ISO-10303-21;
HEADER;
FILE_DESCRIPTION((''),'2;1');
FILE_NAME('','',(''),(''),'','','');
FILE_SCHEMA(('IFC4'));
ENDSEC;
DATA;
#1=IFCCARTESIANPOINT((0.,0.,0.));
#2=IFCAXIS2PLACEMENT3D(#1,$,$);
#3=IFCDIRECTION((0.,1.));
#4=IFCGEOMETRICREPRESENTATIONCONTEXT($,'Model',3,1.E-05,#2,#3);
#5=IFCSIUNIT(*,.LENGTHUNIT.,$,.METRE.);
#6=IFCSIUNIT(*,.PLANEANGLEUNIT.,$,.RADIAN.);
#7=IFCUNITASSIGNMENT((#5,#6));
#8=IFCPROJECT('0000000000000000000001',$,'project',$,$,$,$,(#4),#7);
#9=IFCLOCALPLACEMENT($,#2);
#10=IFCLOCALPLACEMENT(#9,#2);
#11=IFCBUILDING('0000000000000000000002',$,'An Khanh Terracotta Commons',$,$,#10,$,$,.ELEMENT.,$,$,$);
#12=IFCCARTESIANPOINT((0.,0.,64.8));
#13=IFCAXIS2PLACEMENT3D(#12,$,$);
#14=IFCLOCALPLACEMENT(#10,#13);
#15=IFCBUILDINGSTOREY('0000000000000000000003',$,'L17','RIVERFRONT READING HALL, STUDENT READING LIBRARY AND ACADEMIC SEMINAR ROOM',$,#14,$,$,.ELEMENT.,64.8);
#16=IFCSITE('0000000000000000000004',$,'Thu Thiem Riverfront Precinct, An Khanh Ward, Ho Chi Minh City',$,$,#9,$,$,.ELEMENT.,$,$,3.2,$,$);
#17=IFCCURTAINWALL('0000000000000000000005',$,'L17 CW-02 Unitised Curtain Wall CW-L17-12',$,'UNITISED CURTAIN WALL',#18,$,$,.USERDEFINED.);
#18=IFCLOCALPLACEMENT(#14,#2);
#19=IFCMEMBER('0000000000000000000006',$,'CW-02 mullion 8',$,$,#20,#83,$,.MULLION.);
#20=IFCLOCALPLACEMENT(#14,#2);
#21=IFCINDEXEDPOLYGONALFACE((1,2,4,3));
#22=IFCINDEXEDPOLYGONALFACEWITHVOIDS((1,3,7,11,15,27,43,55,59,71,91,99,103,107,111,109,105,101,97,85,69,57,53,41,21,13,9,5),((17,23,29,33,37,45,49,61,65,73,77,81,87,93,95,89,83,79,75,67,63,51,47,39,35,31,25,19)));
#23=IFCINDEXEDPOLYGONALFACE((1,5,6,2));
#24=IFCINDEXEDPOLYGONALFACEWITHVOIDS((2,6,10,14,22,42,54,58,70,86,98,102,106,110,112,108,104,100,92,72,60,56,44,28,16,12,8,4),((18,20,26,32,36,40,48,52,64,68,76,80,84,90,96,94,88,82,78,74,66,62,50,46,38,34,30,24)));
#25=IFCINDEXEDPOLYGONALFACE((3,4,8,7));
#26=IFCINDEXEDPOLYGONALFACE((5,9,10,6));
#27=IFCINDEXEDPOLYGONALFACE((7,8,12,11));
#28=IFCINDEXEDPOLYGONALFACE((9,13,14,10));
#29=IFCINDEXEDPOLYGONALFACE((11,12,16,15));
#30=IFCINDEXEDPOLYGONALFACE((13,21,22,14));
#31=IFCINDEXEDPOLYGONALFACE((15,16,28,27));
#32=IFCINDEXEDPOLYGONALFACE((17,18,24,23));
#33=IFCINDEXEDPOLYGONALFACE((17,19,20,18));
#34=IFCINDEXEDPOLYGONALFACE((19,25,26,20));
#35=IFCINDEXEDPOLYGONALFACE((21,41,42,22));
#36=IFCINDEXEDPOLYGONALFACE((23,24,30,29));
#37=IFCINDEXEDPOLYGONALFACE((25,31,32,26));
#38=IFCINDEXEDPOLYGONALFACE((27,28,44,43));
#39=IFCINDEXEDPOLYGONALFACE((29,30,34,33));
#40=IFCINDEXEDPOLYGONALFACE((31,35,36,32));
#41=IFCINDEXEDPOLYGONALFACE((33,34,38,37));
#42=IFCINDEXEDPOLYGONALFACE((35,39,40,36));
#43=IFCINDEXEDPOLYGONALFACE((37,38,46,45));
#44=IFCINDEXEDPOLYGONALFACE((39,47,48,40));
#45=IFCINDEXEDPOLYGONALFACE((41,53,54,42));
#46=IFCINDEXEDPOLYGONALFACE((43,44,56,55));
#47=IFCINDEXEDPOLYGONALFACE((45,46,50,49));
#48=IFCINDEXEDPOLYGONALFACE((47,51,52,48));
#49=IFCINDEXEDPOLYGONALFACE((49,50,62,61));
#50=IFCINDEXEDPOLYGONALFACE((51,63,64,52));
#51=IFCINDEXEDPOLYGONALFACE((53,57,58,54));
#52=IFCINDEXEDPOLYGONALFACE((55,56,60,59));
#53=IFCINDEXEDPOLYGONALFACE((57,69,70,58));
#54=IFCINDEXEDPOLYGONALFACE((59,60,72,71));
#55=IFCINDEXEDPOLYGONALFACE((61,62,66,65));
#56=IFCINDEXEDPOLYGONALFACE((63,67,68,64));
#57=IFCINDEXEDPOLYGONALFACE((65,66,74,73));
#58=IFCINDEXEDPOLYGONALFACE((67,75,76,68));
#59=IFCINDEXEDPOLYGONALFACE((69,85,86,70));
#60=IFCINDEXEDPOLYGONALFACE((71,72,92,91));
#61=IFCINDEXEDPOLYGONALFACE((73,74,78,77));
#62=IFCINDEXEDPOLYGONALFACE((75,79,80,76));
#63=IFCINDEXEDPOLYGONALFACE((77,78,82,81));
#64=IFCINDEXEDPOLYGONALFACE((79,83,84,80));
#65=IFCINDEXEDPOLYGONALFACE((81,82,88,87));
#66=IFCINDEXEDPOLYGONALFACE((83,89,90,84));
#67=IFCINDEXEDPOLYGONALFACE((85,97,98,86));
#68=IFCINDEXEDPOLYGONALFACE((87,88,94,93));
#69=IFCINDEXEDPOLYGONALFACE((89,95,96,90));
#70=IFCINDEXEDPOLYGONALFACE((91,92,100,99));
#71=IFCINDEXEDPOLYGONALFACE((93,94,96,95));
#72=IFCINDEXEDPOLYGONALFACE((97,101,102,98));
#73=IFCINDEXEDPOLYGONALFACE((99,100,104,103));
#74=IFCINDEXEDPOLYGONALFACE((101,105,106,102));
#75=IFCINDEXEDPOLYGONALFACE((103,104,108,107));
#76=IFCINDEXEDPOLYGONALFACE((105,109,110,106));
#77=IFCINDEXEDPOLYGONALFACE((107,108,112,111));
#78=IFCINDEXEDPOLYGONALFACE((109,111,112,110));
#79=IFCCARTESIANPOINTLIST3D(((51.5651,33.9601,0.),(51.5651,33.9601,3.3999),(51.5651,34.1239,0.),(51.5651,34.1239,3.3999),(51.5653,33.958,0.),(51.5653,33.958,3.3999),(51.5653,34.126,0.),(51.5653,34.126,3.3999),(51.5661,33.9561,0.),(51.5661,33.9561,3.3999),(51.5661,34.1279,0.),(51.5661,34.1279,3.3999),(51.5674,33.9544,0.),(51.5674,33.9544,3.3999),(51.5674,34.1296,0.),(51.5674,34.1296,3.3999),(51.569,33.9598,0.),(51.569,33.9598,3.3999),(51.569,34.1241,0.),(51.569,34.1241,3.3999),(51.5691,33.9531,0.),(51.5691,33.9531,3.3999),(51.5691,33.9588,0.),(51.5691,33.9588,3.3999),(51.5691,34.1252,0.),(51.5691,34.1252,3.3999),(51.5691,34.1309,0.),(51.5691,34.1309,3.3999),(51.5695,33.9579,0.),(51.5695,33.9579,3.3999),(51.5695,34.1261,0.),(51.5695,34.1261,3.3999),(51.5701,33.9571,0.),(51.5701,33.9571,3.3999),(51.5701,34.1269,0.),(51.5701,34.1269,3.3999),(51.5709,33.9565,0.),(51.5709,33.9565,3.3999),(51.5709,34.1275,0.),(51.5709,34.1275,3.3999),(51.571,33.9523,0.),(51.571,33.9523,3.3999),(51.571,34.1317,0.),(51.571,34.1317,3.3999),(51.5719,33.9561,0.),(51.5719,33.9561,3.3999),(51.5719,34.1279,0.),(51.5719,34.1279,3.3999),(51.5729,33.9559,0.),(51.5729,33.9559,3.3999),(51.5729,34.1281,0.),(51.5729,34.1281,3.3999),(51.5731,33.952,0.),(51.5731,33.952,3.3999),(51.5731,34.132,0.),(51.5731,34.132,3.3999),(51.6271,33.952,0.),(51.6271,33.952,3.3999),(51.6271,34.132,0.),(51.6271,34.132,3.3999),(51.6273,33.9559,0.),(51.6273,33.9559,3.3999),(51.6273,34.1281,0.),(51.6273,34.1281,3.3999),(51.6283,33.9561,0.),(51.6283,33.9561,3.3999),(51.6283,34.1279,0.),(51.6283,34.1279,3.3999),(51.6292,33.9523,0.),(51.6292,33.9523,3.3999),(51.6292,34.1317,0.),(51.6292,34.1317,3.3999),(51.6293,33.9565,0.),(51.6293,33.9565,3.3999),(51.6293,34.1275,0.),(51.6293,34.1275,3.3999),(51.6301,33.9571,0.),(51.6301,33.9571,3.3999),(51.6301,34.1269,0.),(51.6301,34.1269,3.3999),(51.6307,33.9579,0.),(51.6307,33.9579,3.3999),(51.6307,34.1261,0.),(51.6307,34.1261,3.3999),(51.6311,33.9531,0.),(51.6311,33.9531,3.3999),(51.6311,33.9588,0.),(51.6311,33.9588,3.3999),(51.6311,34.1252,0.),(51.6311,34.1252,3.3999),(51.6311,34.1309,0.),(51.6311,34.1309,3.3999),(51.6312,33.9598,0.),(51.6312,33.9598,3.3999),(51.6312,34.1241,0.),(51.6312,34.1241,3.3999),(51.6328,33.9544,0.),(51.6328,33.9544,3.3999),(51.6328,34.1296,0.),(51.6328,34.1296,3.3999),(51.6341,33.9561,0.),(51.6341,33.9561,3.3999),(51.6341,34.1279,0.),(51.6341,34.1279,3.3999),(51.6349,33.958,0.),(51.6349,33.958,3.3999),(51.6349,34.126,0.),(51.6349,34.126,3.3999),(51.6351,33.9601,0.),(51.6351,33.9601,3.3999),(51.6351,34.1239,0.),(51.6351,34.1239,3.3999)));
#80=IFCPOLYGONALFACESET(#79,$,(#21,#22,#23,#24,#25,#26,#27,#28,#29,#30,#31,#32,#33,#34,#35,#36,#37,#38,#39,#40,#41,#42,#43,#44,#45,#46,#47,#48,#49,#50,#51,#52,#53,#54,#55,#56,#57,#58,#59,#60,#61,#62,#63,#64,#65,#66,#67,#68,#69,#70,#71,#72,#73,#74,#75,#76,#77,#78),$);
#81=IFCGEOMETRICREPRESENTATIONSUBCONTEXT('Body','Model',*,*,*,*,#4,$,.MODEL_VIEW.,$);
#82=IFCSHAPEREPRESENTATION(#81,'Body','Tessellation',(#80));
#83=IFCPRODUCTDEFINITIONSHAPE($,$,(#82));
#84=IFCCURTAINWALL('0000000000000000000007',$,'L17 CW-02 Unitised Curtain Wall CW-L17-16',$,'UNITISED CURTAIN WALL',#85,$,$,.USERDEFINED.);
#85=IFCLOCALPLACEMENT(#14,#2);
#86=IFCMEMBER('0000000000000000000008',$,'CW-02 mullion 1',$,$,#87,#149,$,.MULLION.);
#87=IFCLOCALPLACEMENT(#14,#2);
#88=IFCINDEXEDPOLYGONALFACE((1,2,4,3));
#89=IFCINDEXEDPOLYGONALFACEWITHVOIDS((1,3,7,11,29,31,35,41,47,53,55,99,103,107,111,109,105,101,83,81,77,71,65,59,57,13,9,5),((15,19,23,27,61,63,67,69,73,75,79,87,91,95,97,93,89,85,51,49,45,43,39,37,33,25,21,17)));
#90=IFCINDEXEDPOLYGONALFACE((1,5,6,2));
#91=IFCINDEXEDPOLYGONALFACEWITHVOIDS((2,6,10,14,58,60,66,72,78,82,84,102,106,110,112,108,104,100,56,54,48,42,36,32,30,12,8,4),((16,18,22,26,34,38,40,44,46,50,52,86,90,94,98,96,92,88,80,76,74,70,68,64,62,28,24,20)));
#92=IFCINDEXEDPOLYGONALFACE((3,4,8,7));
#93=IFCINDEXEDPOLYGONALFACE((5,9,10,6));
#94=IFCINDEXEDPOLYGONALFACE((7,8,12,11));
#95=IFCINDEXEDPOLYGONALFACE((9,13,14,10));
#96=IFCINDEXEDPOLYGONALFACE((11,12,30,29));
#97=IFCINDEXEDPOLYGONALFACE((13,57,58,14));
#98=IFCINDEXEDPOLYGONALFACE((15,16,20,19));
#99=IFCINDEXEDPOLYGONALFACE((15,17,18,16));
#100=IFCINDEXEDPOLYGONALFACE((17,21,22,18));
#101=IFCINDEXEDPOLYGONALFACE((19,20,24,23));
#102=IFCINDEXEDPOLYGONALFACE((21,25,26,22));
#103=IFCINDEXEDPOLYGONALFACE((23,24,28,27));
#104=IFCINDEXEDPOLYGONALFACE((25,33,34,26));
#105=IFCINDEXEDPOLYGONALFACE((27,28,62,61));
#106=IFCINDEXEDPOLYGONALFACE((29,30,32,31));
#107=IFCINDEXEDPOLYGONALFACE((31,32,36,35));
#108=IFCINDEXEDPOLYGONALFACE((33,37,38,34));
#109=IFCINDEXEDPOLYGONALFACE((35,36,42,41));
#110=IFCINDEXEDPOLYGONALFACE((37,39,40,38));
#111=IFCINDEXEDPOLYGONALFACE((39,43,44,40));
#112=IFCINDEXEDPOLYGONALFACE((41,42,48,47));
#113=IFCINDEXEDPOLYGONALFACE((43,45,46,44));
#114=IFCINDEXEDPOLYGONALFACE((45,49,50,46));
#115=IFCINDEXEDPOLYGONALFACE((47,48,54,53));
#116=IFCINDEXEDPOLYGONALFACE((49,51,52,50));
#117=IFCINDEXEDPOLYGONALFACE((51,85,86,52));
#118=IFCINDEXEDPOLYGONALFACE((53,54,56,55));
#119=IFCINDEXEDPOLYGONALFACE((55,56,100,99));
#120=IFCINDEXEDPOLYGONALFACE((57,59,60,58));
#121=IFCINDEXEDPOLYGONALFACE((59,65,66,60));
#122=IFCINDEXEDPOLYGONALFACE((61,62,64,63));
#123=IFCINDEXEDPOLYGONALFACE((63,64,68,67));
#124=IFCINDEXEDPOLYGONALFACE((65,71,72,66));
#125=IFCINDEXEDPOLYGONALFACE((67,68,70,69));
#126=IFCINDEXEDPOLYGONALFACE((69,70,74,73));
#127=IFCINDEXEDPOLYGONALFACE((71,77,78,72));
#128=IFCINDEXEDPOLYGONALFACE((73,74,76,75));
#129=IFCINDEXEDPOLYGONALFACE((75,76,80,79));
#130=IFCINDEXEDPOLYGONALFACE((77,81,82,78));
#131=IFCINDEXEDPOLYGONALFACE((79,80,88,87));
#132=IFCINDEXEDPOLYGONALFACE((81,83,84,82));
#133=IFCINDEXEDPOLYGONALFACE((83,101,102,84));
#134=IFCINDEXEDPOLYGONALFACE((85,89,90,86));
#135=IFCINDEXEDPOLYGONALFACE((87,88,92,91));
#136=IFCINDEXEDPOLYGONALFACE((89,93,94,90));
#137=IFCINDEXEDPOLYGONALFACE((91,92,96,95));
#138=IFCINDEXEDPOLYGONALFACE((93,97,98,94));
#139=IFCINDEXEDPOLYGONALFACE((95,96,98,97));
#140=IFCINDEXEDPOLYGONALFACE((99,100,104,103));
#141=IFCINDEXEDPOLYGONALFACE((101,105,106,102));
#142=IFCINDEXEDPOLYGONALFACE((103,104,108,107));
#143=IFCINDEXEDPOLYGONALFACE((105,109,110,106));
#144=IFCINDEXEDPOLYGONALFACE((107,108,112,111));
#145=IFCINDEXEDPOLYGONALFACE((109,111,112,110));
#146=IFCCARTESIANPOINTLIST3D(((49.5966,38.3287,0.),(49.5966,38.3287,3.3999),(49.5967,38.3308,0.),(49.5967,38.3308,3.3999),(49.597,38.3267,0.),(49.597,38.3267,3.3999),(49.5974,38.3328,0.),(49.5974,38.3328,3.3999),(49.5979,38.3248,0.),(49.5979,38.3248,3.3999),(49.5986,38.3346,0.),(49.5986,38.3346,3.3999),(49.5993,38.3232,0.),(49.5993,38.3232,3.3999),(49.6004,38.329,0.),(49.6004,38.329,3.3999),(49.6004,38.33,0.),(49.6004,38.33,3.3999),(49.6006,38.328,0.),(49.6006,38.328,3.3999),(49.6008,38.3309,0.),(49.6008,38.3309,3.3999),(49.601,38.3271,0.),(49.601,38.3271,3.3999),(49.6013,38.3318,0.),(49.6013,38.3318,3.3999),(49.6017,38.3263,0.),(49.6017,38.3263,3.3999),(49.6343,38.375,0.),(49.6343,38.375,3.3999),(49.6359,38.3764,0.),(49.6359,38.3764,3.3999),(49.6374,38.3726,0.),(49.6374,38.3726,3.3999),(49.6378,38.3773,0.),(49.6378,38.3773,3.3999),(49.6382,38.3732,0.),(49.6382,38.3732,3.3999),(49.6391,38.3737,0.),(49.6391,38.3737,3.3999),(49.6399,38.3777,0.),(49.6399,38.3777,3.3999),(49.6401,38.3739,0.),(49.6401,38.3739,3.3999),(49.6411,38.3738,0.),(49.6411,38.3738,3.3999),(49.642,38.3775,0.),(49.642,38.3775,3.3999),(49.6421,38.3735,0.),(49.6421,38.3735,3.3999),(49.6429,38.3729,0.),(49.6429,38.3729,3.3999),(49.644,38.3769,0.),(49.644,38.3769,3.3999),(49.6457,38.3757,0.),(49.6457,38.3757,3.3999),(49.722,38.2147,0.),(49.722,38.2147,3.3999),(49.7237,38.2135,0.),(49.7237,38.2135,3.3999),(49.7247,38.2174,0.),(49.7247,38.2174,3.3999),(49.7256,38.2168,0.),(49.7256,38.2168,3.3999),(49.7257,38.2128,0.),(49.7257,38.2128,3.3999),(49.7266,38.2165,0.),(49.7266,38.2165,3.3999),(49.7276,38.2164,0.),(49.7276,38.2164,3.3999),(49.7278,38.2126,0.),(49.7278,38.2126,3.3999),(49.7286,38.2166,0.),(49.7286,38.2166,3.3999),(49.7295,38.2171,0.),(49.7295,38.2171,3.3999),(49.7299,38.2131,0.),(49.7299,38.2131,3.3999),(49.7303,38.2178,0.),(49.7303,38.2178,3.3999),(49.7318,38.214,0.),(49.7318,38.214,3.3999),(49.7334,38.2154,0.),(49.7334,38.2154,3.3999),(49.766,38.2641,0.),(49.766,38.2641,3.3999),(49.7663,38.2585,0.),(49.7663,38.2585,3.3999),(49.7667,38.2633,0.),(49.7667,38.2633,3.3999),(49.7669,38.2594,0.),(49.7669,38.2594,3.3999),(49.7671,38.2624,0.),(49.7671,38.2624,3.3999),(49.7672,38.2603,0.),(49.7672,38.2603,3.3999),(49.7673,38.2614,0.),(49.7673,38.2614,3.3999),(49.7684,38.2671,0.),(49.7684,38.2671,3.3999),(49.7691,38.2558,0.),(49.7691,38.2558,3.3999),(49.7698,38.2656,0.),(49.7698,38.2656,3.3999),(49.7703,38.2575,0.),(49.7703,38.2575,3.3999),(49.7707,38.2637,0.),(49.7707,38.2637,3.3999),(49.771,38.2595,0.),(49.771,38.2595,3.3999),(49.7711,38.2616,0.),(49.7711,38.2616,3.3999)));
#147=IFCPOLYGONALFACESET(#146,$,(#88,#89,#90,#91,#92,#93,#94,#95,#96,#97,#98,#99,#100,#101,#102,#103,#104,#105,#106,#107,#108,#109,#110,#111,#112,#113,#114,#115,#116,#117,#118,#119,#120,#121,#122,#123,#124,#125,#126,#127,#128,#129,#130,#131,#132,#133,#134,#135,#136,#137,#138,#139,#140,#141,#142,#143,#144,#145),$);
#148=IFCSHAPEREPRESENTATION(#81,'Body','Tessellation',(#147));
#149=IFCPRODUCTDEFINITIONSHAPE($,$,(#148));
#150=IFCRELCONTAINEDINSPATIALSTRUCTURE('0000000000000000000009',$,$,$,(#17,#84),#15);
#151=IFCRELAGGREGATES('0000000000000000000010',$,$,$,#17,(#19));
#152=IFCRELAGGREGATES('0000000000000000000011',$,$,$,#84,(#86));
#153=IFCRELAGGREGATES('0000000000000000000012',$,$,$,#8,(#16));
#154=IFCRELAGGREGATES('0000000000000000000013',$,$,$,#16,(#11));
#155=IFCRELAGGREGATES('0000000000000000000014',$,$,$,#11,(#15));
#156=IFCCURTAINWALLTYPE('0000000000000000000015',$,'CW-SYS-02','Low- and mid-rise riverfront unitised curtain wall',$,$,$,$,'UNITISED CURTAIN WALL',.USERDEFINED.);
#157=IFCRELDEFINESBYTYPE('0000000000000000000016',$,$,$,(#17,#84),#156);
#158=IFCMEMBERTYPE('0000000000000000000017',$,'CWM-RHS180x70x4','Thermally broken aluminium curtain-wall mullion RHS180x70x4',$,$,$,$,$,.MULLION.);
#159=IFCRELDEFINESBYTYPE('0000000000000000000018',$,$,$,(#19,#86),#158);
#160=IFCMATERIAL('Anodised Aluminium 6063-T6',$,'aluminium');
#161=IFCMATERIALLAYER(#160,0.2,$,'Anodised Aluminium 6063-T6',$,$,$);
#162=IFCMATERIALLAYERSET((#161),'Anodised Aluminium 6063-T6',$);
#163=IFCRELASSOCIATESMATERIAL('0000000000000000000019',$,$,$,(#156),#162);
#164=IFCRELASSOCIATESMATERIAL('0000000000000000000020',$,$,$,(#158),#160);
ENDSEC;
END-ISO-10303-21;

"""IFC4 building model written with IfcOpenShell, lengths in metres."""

from ifc_helpers import new_model, si_unit, direction, frame, origin, origin_2d, place, context, subcontext, project, spatial, hollow_rectangle, extrude, material, layer, layer_set, material_profile, profile_set, type_object, element, aggregate, save


model = new_model("IFC4")

# Units and contexts
model_context = context("Model", 3, precision=1e-05, world=origin(), true_north=direction((0.0, 1.0)))
body_context = subcontext(model_context, "Body", "Model", "MODEL_VIEW")
ifc_project = project(units=[si_unit("LENGTHUNIT", "METRE"), si_unit("PLANEANGLEUNIT", "RADIAN")], contexts=[model_context])

# Site, building, storey
site_placement = place(None, origin())
site = spatial("IfcSite", under=ifc_project, at=site_placement, Name="Thu Thiem Riverfront Precinct, An Khanh Ward, Ho Chi Minh City", CompositionType="ELEMENT", RefElevation=3.2)
building_placement = place(site_placement, origin())
building = spatial("IfcBuilding", under=site, at=building_placement, Name="An Khanh Terracotta Commons", CompositionType="ELEMENT")
storey_placement = place(building_placement, frame((0.0, 0.0, 64.8)))
storey = spatial("IfcBuildingStorey", under=building, at=storey_placement, Name="L17", Description="RIVERFRONT READING HALL, STUDENT READING LIBRARY AND ACADEMIC SEMINAR ROOM", CompositionType="ELEMENT", Elevation=64.8)

# Curtain wall, member
ifc_material_1 = material(Name="Anodised Aluminium 6063-T6", Category="aluminium")
ifc_layer_1 = layer(ifc_material_1, 0.2, Name="Anodised Aluminium 6063-T6")
ifc_layer_set_1 = layer_set([ifc_layer_1], Name="Anodised Aluminium 6063-T6")
curtain_wall_type = type_object("IfcCurtainWallType", Name="CW-SYS-02", Description="Low- and mid-rise riverfront unitised curtain wall", ElementType="UNITISED CURTAIN WALL", PredefinedType="USERDEFINED", material=ifc_layer_set_1)
curtain_wall_1_placement = place(storey_placement, origin())
curtain_wall_1 = element("IfcCurtainWall", 1, at=curtain_wall_1_placement, inside=storey, type_object=curtain_wall_type, Name="L17 CW-02 Unitised Curtain Wall CW-L17-12", ObjectType="UNITISED CURTAIN WALL", PredefinedType="USERDEFINED")
ifc_material_profile_1 = material_profile(ifc_material_1, hollow_rectangle(XDim=0.0701, YDim=0.1799, WallThickness=0.0039, InnerFilletRadius=0.0039, OuterFilletRadius=0.0081, at=origin_2d()), Name="RHS180x70x4")
ifc_profile_set_1 = profile_set([ifc_material_profile_1], Name="Anodised Aluminium 6063-T6")
member_type_1 = type_object("IfcMemberType", Name="CWM-RHS180x70x4", Description="Thermally broken aluminium curtain-wall mullion RHS180x70x4", PredefinedType="MULLION", material=ifc_profile_set_1)
member_1_placement = place(storey_placement, frame((51.6001, 34.042, 0.0), z_axis=(0.0, 0.0, 1.0), x_axis=(-1.0, 0.0, 0.0)))
member_1 = element("IfcMember", 2, at=member_1_placement, type_object=member_type_1, Name="CW-02 mullion 8", PredefinedType="MULLION", context=body_context, shape_type="SweptSolid", body=[
    extrude(hollow_rectangle(XDim=0.0701, YDim=0.1799, WallThickness=0.0039, InnerFilletRadius=0.0039, OuterFilletRadius=0.0081, at=origin_2d()), origin(), (0.0, 0.0, 1.0), 3.3999),
])
aggregate(curtain_wall_1, [member_1])

# Curtain wall, member
curtain_wall_2_placement = place(storey_placement, origin())
curtain_wall_2 = element("IfcCurtainWall", 3, at=curtain_wall_2_placement, inside=storey, type_object=curtain_wall_type, Name="L17 CW-02 Unitised Curtain Wall CW-L17-16", ObjectType="UNITISED CURTAIN WALL", PredefinedType="USERDEFINED")
member_2_placement = place(storey_placement, frame((49.6838, 38.2952, 0.0), z_axis=(0.0, 0.0, 1.0), x_axis=(-0.662548, -0.749019, 0.0)))
member_2 = element("IfcMember", 4, at=member_2_placement, type_object=member_type_1, Name="CW-02 mullion 1", PredefinedType="MULLION", context=body_context, shape_type="SweptSolid", body=[
    extrude(hollow_rectangle(XDim=0.0701, YDim=0.1799, WallThickness=0.0039, InnerFilletRadius=0.0039, OuterFilletRadius=0.0081, at=origin_2d()), origin(), (0.0, 0.0, 1.0), 3.3999),
])
aggregate(curtain_wall_2, [member_2])

save(model, "model.ifc")
